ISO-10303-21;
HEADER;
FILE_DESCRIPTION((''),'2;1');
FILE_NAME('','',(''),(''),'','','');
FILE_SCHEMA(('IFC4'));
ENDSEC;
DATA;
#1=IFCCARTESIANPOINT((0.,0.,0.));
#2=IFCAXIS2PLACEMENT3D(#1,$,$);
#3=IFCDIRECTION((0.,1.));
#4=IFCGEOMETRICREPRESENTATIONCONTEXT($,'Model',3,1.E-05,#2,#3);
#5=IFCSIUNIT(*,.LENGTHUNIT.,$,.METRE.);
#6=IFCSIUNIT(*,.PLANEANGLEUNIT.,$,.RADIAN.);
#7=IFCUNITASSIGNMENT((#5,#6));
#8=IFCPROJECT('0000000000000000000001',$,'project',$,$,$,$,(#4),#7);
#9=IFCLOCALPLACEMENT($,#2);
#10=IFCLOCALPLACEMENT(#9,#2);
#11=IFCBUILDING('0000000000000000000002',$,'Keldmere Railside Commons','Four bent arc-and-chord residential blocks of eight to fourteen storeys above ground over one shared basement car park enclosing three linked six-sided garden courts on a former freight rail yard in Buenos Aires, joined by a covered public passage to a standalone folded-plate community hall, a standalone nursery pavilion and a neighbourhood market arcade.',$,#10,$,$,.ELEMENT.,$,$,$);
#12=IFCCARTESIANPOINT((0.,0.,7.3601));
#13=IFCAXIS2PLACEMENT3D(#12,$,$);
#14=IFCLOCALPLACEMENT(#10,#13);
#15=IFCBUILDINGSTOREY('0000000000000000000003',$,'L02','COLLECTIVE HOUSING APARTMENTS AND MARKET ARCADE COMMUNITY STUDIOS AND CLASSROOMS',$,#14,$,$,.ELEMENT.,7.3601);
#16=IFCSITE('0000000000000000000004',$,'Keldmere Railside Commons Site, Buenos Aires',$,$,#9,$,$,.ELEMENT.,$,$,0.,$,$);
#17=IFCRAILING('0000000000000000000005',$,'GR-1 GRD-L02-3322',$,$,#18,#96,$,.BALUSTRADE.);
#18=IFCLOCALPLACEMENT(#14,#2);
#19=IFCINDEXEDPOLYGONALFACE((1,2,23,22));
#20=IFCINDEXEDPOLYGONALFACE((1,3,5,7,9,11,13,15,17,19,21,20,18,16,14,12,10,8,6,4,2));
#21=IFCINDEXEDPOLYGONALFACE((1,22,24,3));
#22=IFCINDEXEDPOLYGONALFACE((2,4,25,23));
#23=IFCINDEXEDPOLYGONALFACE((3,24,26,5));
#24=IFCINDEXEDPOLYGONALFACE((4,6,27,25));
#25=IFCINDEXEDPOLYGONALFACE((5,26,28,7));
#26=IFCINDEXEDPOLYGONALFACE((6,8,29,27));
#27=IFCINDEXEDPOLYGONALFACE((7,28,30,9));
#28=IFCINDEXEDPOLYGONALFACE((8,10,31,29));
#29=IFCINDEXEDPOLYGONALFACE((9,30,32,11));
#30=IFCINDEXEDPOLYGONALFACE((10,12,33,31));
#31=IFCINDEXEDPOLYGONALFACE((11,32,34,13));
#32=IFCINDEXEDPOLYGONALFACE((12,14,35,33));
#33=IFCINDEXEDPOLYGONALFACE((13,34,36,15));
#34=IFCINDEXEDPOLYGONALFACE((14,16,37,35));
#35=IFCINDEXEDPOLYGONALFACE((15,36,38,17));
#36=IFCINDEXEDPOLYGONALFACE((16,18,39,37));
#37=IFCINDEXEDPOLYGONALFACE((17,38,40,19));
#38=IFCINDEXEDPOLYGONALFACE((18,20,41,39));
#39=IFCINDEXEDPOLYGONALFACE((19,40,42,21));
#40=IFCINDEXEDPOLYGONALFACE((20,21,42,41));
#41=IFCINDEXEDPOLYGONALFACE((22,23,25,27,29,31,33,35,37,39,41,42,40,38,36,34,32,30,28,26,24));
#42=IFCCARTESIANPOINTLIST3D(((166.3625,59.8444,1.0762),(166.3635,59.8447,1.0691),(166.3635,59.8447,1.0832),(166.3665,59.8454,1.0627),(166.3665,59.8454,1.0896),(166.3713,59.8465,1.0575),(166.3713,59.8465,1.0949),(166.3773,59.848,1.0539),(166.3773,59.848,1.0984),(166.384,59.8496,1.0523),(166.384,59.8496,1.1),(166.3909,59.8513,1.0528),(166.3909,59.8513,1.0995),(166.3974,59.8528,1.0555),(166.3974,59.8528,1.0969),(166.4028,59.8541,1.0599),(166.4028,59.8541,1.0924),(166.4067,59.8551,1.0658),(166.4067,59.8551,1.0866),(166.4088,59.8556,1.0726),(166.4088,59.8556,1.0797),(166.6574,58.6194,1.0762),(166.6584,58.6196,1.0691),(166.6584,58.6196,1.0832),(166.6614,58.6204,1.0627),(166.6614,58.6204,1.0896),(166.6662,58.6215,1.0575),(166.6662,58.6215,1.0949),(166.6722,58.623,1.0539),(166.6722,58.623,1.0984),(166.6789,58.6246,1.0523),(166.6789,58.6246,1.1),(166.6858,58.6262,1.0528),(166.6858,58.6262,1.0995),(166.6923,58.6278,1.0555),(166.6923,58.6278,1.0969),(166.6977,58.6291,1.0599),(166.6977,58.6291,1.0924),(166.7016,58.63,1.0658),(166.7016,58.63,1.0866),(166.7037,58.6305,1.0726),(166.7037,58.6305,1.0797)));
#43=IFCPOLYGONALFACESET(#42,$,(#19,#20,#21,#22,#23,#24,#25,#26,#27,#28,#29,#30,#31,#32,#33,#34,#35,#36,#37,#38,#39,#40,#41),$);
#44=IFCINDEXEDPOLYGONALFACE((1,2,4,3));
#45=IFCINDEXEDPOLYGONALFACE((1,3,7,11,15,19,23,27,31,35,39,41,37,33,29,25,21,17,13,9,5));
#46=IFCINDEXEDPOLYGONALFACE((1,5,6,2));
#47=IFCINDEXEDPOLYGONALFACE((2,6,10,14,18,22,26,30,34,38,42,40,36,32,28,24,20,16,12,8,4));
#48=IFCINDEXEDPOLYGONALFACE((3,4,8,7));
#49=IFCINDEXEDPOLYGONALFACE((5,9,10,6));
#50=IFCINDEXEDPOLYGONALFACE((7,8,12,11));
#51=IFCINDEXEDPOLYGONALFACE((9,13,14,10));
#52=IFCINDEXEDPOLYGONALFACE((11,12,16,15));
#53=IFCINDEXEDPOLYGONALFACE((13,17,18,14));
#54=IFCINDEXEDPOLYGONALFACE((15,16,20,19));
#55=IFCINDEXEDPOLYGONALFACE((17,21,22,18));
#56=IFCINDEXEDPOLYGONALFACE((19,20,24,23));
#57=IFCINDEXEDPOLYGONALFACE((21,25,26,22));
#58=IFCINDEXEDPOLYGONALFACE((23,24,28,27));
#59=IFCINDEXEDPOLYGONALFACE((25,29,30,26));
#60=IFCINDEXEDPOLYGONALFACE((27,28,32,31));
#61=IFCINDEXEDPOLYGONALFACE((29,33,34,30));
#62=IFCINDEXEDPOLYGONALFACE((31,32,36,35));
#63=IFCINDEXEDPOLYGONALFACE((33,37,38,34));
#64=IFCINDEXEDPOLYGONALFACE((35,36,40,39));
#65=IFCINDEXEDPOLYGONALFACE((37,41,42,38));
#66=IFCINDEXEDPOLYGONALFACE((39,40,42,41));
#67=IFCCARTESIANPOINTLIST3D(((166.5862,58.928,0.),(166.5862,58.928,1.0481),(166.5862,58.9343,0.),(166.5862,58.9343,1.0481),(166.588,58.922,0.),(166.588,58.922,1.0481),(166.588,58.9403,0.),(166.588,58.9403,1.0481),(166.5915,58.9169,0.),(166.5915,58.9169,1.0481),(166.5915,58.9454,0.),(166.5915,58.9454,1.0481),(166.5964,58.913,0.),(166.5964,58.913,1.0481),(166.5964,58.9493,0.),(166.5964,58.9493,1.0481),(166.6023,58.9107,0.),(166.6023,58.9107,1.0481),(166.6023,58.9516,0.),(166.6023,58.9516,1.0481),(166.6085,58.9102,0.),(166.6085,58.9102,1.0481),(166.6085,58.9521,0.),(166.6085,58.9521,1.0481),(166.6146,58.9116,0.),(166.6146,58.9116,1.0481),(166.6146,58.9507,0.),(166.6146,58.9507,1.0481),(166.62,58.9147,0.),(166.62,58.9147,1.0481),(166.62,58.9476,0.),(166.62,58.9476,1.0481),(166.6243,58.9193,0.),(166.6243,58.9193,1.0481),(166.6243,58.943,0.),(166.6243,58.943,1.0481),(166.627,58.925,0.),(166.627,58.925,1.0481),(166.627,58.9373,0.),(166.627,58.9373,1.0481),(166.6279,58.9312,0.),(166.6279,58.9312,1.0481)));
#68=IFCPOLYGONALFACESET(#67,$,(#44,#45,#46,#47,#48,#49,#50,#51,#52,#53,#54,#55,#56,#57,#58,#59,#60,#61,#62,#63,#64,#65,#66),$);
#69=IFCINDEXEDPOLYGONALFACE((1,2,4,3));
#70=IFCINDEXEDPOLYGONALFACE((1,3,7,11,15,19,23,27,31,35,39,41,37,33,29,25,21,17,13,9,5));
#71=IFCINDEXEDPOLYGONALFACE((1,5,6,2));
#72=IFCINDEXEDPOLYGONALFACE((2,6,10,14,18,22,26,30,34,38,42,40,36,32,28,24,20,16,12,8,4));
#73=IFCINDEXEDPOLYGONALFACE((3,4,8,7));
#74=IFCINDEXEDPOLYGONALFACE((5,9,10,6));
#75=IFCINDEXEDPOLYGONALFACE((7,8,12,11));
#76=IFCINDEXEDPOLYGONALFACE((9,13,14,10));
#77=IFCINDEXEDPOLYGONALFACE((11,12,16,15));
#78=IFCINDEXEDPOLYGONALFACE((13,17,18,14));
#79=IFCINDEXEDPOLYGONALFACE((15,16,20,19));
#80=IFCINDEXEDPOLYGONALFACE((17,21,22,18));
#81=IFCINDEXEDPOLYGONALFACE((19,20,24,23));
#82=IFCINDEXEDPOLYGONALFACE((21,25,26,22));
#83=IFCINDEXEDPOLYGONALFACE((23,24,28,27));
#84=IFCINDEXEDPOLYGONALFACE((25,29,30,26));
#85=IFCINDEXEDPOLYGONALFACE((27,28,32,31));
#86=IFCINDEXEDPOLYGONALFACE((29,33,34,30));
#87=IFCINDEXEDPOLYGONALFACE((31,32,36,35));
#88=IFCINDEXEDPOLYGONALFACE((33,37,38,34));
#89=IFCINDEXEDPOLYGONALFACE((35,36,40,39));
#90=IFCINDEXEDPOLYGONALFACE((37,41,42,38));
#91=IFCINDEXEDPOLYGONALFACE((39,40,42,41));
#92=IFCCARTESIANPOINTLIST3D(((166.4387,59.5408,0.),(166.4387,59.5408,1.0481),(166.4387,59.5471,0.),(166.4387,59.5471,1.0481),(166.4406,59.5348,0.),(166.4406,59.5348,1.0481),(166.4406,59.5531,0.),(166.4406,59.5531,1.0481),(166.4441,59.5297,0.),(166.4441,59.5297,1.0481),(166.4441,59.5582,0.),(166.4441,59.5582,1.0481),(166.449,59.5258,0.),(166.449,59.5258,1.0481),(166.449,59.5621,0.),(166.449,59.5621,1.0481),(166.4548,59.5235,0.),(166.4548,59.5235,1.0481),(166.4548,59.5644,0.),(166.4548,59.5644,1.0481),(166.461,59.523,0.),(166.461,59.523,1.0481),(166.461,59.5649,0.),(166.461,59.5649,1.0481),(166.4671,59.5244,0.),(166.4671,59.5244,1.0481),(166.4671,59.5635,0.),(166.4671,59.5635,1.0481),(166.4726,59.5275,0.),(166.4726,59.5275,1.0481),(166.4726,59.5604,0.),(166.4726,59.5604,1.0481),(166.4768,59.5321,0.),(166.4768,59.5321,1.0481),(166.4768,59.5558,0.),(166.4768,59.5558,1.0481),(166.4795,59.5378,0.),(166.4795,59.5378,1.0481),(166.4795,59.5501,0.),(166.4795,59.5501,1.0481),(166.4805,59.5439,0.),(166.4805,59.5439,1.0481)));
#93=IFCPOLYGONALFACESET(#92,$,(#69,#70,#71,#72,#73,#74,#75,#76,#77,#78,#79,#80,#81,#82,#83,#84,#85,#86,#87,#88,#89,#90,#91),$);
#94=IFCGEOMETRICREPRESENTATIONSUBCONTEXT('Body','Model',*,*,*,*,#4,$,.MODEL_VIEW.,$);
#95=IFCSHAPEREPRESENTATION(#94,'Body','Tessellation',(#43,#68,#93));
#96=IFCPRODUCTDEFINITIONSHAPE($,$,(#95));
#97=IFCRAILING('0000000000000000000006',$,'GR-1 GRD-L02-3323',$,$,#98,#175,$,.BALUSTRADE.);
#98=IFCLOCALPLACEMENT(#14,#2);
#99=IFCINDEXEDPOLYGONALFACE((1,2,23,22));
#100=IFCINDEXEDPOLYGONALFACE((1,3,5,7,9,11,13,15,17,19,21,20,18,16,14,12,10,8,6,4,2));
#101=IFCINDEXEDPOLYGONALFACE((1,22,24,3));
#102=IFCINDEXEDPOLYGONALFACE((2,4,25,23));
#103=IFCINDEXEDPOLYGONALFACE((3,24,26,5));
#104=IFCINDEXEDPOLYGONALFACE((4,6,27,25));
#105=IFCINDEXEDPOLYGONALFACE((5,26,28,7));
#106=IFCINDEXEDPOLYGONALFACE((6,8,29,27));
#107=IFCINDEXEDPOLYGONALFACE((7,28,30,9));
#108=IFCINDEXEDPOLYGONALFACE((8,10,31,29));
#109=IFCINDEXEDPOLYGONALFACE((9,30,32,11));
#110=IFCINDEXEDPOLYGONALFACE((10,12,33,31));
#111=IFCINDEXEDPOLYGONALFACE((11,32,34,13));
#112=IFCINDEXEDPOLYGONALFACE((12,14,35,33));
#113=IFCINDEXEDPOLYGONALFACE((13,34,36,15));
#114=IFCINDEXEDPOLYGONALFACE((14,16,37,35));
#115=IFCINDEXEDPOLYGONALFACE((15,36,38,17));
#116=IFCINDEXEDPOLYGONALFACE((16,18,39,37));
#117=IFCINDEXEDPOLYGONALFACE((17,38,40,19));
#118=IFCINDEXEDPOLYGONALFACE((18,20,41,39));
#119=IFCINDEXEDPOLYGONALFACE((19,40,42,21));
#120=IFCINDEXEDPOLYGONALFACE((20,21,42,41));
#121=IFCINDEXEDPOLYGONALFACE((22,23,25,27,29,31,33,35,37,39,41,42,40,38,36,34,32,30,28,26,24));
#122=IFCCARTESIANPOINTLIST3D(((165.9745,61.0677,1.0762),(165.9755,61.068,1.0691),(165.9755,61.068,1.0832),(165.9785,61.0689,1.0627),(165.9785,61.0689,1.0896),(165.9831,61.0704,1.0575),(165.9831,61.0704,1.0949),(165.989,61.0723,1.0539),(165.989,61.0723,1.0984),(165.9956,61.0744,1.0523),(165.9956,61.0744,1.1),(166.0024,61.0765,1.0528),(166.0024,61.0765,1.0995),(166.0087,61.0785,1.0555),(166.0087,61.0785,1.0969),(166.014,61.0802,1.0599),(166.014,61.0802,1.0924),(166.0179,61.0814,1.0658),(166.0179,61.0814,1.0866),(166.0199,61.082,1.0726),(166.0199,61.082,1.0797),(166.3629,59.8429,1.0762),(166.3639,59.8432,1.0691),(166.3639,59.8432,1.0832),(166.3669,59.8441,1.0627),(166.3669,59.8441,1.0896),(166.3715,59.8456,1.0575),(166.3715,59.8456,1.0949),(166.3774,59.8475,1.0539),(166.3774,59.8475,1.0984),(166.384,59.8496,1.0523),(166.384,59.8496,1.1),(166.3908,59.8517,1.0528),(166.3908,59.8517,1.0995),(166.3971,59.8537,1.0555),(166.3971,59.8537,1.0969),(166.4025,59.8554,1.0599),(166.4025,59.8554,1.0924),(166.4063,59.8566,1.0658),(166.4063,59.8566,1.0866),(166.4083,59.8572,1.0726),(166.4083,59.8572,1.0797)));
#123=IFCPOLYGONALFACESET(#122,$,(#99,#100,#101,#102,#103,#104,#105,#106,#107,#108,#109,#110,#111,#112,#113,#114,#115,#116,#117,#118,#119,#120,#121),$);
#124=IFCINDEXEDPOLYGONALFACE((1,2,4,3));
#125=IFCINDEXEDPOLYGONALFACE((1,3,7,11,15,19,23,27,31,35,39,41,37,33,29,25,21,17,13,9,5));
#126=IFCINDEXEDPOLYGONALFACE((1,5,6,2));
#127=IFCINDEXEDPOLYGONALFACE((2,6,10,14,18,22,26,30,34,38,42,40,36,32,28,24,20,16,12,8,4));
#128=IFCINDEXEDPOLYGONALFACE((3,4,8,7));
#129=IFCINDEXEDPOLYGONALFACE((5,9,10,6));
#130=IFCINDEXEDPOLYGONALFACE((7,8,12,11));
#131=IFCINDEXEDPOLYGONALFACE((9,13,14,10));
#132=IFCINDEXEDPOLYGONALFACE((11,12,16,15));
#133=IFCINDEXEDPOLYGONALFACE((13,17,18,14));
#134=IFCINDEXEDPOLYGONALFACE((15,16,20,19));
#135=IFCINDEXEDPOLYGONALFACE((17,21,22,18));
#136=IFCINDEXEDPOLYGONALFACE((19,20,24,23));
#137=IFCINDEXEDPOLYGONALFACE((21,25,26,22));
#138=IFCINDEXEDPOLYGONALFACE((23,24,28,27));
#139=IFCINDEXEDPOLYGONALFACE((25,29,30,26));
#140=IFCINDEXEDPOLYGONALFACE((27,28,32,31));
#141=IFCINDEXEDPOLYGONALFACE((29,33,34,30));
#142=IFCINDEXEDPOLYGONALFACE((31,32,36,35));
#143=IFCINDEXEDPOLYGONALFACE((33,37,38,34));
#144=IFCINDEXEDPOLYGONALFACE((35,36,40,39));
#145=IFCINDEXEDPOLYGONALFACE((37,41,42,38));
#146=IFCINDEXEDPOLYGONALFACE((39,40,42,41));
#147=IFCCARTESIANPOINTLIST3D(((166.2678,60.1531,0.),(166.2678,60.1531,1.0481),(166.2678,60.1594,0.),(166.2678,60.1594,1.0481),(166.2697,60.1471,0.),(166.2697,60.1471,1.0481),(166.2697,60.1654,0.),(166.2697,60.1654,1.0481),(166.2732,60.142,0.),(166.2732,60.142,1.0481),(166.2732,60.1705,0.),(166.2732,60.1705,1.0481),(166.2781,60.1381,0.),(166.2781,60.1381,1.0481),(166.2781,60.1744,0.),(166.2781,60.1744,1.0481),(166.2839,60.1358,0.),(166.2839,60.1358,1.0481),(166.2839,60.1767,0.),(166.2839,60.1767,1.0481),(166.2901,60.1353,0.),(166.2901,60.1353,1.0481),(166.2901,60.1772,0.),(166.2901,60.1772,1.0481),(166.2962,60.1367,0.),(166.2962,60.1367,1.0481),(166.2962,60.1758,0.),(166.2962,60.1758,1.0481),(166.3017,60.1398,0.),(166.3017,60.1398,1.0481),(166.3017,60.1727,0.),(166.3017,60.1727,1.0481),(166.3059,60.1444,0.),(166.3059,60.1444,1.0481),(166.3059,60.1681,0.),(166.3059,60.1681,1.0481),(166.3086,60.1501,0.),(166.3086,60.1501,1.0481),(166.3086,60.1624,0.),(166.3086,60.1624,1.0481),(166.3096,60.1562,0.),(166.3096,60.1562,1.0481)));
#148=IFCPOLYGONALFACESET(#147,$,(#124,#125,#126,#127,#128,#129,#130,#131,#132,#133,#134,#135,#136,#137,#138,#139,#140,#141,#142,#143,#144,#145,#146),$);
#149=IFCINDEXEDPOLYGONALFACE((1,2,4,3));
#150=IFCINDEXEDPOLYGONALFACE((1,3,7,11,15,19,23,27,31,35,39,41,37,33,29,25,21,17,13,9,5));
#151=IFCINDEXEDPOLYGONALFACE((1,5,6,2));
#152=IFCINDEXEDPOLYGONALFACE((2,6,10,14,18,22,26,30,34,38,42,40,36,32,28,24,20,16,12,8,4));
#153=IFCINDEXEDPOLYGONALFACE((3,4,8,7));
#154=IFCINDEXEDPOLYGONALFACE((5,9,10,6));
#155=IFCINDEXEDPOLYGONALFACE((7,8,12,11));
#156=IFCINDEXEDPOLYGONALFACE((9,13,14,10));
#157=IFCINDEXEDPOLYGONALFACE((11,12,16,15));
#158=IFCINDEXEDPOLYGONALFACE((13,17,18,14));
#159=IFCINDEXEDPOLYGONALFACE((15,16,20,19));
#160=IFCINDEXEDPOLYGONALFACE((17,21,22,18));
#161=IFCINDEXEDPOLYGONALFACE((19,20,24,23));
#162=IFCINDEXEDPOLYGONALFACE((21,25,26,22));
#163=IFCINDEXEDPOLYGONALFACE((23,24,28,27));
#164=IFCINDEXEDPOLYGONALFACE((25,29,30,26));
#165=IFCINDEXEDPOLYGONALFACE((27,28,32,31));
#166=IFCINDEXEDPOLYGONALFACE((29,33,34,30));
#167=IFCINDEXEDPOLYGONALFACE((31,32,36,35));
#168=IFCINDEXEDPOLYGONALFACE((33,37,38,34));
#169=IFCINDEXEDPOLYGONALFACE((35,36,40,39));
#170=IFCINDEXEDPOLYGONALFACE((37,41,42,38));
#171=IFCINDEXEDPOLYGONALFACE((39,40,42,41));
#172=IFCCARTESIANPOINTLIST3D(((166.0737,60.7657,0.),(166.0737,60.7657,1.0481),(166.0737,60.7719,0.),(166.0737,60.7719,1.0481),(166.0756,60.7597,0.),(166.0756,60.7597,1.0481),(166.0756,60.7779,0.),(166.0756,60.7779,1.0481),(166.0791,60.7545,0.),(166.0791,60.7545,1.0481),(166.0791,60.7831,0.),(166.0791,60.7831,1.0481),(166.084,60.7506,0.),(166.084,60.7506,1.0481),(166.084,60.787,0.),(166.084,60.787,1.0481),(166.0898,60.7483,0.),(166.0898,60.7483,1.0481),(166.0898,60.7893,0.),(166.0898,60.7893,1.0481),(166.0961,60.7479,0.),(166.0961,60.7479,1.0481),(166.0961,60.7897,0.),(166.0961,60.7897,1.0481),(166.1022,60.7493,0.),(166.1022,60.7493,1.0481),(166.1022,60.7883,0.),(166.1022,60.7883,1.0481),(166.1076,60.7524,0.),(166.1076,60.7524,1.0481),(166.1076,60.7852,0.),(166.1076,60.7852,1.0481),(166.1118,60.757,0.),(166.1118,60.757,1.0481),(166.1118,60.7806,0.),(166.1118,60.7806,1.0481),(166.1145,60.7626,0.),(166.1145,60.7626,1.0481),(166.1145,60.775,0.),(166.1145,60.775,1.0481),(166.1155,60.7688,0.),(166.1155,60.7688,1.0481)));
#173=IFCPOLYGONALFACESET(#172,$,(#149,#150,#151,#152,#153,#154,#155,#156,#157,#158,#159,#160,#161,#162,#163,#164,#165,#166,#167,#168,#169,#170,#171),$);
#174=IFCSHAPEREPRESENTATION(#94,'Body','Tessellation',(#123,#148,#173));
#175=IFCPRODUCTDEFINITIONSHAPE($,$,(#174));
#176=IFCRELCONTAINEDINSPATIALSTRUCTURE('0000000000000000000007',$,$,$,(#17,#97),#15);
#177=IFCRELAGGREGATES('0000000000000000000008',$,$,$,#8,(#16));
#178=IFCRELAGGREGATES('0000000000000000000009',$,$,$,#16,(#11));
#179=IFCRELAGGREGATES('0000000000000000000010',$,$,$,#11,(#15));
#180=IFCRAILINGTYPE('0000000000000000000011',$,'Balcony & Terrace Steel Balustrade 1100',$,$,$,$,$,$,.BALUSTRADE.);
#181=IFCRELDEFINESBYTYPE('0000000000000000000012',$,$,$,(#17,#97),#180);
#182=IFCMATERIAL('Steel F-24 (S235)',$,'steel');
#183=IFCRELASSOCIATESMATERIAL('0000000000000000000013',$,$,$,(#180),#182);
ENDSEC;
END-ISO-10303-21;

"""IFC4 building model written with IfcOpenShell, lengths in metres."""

from ifc_helpers import new_model, si_unit, direction, frame, origin, origin_2d, place, context, subcontext, project, spatial, circle, extrude, material, type_object, element, save


model = new_model("IFC4")

# Units and contexts
model_context = context("Model", 3, precision=1e-05, world=origin(), true_north=direction((0.0, 1.0)))
body_context = subcontext(model_context, "Body", "Model", "MODEL_VIEW")
ifc_project = project(units=[si_unit("LENGTHUNIT", "METRE"), si_unit("PLANEANGLEUNIT", "RADIAN")], contexts=[model_context])

# Site, building, storey
site_placement = place(None, origin())
site = spatial("IfcSite", under=ifc_project, at=site_placement, Name="Keldmere Railside Commons Site, Buenos Aires", CompositionType="ELEMENT", RefElevation=0.0)
building_placement = place(site_placement, origin())
building = spatial("IfcBuilding", under=site, at=building_placement, Name="Keldmere Railside Commons", Description="Four bent arc-and-chord residential blocks of eight to fourteen storeys above ground over one shared basement car park enclosing three linked six-sided garden courts on a former freight rail yard in Buenos Aires, joined by a covered public passage to a standalone folded-plate community hall, a standalone nursery pavilion and a neighbourhood market arcade.", CompositionType="ELEMENT")
storey_placement = place(building_placement, frame((0.0, 0.0, 7.3601)))
storey = spatial("IfcBuildingStorey", under=building, at=storey_placement, Name="L02", Description="COLLECTIVE HOUSING APARTMENTS AND MARKET ARCADE COMMUNITY STUDIOS AND CLASSROOMS", CompositionType="ELEMENT", Elevation=7.3601)

# Shared definitions
ifc_material_1 = material(Name="Steel F-24 (S235)", Category="steel")

# Railings
railing_type = type_object("IfcRailingType", Name="Balcony & Terrace Steel Balustrade 1100", PredefinedType="BALUSTRADE", material=ifc_material_1)
railing_1_placement = place(storey_placement, frame((166.6807, 58.625, 0.0)))
element("IfcRailing", 1, at=railing_1_placement, inside=storey, type_object=railing_type, Name="GR-1 GRD-L02-3322", PredefinedType="BALUSTRADE", context=body_context, shape_type="SweptSolid", body=[
    extrude(circle(Radius=0.0239, at=origin_2d()), frame((0.0, 0.0, 1.0762), z_axis=(-0.234047, 0.972225, 0.0), x_axis=(-0.972225, -0.234047, 0.0)), (0.0, 0.0, 1.0), 1.26),
    extrude(circle(Radius=0.021, at=origin_2d()), frame((-0.0737, 0.3062, 0.0)), (0.0, 0.0, 1.0), 1.0481),
    extrude(circle(Radius=0.021, at=origin_2d()), frame((-0.2212, 0.9189, 0.0)), (0.0, 0.0, 1.0), 1.0481),
])
railing_2_placement = place(storey_placement, frame((166.3857, 59.8501, 0.0)))
element("IfcRailing", 2, at=railing_2_placement, inside=storey, type_object=railing_type, Name="GR-1 GRD-L02-3323", PredefinedType="BALUSTRADE", context=body_context, shape_type="SweptSolid", body=[
    extrude(circle(Radius=0.0239, at=origin_2d()), frame((0.0, 0.0, 1.0762), z_axis=(-0.302286, 0.953217, 0.0), x_axis=(-0.953217, -0.302286, 0.0)), (0.0, 0.0, 1.0), 1.2849),
    extrude(circle(Radius=0.021, at=origin_2d()), frame((-0.0972, 0.3062, 0.0)), (0.0, 0.0, 1.0), 1.0481),
    extrude(circle(Radius=0.021, at=origin_2d()), frame((-0.2913, 0.9187, 0.0)), (0.0, 0.0, 1.0), 1.0481),
])

save(model, "model.ifc")
